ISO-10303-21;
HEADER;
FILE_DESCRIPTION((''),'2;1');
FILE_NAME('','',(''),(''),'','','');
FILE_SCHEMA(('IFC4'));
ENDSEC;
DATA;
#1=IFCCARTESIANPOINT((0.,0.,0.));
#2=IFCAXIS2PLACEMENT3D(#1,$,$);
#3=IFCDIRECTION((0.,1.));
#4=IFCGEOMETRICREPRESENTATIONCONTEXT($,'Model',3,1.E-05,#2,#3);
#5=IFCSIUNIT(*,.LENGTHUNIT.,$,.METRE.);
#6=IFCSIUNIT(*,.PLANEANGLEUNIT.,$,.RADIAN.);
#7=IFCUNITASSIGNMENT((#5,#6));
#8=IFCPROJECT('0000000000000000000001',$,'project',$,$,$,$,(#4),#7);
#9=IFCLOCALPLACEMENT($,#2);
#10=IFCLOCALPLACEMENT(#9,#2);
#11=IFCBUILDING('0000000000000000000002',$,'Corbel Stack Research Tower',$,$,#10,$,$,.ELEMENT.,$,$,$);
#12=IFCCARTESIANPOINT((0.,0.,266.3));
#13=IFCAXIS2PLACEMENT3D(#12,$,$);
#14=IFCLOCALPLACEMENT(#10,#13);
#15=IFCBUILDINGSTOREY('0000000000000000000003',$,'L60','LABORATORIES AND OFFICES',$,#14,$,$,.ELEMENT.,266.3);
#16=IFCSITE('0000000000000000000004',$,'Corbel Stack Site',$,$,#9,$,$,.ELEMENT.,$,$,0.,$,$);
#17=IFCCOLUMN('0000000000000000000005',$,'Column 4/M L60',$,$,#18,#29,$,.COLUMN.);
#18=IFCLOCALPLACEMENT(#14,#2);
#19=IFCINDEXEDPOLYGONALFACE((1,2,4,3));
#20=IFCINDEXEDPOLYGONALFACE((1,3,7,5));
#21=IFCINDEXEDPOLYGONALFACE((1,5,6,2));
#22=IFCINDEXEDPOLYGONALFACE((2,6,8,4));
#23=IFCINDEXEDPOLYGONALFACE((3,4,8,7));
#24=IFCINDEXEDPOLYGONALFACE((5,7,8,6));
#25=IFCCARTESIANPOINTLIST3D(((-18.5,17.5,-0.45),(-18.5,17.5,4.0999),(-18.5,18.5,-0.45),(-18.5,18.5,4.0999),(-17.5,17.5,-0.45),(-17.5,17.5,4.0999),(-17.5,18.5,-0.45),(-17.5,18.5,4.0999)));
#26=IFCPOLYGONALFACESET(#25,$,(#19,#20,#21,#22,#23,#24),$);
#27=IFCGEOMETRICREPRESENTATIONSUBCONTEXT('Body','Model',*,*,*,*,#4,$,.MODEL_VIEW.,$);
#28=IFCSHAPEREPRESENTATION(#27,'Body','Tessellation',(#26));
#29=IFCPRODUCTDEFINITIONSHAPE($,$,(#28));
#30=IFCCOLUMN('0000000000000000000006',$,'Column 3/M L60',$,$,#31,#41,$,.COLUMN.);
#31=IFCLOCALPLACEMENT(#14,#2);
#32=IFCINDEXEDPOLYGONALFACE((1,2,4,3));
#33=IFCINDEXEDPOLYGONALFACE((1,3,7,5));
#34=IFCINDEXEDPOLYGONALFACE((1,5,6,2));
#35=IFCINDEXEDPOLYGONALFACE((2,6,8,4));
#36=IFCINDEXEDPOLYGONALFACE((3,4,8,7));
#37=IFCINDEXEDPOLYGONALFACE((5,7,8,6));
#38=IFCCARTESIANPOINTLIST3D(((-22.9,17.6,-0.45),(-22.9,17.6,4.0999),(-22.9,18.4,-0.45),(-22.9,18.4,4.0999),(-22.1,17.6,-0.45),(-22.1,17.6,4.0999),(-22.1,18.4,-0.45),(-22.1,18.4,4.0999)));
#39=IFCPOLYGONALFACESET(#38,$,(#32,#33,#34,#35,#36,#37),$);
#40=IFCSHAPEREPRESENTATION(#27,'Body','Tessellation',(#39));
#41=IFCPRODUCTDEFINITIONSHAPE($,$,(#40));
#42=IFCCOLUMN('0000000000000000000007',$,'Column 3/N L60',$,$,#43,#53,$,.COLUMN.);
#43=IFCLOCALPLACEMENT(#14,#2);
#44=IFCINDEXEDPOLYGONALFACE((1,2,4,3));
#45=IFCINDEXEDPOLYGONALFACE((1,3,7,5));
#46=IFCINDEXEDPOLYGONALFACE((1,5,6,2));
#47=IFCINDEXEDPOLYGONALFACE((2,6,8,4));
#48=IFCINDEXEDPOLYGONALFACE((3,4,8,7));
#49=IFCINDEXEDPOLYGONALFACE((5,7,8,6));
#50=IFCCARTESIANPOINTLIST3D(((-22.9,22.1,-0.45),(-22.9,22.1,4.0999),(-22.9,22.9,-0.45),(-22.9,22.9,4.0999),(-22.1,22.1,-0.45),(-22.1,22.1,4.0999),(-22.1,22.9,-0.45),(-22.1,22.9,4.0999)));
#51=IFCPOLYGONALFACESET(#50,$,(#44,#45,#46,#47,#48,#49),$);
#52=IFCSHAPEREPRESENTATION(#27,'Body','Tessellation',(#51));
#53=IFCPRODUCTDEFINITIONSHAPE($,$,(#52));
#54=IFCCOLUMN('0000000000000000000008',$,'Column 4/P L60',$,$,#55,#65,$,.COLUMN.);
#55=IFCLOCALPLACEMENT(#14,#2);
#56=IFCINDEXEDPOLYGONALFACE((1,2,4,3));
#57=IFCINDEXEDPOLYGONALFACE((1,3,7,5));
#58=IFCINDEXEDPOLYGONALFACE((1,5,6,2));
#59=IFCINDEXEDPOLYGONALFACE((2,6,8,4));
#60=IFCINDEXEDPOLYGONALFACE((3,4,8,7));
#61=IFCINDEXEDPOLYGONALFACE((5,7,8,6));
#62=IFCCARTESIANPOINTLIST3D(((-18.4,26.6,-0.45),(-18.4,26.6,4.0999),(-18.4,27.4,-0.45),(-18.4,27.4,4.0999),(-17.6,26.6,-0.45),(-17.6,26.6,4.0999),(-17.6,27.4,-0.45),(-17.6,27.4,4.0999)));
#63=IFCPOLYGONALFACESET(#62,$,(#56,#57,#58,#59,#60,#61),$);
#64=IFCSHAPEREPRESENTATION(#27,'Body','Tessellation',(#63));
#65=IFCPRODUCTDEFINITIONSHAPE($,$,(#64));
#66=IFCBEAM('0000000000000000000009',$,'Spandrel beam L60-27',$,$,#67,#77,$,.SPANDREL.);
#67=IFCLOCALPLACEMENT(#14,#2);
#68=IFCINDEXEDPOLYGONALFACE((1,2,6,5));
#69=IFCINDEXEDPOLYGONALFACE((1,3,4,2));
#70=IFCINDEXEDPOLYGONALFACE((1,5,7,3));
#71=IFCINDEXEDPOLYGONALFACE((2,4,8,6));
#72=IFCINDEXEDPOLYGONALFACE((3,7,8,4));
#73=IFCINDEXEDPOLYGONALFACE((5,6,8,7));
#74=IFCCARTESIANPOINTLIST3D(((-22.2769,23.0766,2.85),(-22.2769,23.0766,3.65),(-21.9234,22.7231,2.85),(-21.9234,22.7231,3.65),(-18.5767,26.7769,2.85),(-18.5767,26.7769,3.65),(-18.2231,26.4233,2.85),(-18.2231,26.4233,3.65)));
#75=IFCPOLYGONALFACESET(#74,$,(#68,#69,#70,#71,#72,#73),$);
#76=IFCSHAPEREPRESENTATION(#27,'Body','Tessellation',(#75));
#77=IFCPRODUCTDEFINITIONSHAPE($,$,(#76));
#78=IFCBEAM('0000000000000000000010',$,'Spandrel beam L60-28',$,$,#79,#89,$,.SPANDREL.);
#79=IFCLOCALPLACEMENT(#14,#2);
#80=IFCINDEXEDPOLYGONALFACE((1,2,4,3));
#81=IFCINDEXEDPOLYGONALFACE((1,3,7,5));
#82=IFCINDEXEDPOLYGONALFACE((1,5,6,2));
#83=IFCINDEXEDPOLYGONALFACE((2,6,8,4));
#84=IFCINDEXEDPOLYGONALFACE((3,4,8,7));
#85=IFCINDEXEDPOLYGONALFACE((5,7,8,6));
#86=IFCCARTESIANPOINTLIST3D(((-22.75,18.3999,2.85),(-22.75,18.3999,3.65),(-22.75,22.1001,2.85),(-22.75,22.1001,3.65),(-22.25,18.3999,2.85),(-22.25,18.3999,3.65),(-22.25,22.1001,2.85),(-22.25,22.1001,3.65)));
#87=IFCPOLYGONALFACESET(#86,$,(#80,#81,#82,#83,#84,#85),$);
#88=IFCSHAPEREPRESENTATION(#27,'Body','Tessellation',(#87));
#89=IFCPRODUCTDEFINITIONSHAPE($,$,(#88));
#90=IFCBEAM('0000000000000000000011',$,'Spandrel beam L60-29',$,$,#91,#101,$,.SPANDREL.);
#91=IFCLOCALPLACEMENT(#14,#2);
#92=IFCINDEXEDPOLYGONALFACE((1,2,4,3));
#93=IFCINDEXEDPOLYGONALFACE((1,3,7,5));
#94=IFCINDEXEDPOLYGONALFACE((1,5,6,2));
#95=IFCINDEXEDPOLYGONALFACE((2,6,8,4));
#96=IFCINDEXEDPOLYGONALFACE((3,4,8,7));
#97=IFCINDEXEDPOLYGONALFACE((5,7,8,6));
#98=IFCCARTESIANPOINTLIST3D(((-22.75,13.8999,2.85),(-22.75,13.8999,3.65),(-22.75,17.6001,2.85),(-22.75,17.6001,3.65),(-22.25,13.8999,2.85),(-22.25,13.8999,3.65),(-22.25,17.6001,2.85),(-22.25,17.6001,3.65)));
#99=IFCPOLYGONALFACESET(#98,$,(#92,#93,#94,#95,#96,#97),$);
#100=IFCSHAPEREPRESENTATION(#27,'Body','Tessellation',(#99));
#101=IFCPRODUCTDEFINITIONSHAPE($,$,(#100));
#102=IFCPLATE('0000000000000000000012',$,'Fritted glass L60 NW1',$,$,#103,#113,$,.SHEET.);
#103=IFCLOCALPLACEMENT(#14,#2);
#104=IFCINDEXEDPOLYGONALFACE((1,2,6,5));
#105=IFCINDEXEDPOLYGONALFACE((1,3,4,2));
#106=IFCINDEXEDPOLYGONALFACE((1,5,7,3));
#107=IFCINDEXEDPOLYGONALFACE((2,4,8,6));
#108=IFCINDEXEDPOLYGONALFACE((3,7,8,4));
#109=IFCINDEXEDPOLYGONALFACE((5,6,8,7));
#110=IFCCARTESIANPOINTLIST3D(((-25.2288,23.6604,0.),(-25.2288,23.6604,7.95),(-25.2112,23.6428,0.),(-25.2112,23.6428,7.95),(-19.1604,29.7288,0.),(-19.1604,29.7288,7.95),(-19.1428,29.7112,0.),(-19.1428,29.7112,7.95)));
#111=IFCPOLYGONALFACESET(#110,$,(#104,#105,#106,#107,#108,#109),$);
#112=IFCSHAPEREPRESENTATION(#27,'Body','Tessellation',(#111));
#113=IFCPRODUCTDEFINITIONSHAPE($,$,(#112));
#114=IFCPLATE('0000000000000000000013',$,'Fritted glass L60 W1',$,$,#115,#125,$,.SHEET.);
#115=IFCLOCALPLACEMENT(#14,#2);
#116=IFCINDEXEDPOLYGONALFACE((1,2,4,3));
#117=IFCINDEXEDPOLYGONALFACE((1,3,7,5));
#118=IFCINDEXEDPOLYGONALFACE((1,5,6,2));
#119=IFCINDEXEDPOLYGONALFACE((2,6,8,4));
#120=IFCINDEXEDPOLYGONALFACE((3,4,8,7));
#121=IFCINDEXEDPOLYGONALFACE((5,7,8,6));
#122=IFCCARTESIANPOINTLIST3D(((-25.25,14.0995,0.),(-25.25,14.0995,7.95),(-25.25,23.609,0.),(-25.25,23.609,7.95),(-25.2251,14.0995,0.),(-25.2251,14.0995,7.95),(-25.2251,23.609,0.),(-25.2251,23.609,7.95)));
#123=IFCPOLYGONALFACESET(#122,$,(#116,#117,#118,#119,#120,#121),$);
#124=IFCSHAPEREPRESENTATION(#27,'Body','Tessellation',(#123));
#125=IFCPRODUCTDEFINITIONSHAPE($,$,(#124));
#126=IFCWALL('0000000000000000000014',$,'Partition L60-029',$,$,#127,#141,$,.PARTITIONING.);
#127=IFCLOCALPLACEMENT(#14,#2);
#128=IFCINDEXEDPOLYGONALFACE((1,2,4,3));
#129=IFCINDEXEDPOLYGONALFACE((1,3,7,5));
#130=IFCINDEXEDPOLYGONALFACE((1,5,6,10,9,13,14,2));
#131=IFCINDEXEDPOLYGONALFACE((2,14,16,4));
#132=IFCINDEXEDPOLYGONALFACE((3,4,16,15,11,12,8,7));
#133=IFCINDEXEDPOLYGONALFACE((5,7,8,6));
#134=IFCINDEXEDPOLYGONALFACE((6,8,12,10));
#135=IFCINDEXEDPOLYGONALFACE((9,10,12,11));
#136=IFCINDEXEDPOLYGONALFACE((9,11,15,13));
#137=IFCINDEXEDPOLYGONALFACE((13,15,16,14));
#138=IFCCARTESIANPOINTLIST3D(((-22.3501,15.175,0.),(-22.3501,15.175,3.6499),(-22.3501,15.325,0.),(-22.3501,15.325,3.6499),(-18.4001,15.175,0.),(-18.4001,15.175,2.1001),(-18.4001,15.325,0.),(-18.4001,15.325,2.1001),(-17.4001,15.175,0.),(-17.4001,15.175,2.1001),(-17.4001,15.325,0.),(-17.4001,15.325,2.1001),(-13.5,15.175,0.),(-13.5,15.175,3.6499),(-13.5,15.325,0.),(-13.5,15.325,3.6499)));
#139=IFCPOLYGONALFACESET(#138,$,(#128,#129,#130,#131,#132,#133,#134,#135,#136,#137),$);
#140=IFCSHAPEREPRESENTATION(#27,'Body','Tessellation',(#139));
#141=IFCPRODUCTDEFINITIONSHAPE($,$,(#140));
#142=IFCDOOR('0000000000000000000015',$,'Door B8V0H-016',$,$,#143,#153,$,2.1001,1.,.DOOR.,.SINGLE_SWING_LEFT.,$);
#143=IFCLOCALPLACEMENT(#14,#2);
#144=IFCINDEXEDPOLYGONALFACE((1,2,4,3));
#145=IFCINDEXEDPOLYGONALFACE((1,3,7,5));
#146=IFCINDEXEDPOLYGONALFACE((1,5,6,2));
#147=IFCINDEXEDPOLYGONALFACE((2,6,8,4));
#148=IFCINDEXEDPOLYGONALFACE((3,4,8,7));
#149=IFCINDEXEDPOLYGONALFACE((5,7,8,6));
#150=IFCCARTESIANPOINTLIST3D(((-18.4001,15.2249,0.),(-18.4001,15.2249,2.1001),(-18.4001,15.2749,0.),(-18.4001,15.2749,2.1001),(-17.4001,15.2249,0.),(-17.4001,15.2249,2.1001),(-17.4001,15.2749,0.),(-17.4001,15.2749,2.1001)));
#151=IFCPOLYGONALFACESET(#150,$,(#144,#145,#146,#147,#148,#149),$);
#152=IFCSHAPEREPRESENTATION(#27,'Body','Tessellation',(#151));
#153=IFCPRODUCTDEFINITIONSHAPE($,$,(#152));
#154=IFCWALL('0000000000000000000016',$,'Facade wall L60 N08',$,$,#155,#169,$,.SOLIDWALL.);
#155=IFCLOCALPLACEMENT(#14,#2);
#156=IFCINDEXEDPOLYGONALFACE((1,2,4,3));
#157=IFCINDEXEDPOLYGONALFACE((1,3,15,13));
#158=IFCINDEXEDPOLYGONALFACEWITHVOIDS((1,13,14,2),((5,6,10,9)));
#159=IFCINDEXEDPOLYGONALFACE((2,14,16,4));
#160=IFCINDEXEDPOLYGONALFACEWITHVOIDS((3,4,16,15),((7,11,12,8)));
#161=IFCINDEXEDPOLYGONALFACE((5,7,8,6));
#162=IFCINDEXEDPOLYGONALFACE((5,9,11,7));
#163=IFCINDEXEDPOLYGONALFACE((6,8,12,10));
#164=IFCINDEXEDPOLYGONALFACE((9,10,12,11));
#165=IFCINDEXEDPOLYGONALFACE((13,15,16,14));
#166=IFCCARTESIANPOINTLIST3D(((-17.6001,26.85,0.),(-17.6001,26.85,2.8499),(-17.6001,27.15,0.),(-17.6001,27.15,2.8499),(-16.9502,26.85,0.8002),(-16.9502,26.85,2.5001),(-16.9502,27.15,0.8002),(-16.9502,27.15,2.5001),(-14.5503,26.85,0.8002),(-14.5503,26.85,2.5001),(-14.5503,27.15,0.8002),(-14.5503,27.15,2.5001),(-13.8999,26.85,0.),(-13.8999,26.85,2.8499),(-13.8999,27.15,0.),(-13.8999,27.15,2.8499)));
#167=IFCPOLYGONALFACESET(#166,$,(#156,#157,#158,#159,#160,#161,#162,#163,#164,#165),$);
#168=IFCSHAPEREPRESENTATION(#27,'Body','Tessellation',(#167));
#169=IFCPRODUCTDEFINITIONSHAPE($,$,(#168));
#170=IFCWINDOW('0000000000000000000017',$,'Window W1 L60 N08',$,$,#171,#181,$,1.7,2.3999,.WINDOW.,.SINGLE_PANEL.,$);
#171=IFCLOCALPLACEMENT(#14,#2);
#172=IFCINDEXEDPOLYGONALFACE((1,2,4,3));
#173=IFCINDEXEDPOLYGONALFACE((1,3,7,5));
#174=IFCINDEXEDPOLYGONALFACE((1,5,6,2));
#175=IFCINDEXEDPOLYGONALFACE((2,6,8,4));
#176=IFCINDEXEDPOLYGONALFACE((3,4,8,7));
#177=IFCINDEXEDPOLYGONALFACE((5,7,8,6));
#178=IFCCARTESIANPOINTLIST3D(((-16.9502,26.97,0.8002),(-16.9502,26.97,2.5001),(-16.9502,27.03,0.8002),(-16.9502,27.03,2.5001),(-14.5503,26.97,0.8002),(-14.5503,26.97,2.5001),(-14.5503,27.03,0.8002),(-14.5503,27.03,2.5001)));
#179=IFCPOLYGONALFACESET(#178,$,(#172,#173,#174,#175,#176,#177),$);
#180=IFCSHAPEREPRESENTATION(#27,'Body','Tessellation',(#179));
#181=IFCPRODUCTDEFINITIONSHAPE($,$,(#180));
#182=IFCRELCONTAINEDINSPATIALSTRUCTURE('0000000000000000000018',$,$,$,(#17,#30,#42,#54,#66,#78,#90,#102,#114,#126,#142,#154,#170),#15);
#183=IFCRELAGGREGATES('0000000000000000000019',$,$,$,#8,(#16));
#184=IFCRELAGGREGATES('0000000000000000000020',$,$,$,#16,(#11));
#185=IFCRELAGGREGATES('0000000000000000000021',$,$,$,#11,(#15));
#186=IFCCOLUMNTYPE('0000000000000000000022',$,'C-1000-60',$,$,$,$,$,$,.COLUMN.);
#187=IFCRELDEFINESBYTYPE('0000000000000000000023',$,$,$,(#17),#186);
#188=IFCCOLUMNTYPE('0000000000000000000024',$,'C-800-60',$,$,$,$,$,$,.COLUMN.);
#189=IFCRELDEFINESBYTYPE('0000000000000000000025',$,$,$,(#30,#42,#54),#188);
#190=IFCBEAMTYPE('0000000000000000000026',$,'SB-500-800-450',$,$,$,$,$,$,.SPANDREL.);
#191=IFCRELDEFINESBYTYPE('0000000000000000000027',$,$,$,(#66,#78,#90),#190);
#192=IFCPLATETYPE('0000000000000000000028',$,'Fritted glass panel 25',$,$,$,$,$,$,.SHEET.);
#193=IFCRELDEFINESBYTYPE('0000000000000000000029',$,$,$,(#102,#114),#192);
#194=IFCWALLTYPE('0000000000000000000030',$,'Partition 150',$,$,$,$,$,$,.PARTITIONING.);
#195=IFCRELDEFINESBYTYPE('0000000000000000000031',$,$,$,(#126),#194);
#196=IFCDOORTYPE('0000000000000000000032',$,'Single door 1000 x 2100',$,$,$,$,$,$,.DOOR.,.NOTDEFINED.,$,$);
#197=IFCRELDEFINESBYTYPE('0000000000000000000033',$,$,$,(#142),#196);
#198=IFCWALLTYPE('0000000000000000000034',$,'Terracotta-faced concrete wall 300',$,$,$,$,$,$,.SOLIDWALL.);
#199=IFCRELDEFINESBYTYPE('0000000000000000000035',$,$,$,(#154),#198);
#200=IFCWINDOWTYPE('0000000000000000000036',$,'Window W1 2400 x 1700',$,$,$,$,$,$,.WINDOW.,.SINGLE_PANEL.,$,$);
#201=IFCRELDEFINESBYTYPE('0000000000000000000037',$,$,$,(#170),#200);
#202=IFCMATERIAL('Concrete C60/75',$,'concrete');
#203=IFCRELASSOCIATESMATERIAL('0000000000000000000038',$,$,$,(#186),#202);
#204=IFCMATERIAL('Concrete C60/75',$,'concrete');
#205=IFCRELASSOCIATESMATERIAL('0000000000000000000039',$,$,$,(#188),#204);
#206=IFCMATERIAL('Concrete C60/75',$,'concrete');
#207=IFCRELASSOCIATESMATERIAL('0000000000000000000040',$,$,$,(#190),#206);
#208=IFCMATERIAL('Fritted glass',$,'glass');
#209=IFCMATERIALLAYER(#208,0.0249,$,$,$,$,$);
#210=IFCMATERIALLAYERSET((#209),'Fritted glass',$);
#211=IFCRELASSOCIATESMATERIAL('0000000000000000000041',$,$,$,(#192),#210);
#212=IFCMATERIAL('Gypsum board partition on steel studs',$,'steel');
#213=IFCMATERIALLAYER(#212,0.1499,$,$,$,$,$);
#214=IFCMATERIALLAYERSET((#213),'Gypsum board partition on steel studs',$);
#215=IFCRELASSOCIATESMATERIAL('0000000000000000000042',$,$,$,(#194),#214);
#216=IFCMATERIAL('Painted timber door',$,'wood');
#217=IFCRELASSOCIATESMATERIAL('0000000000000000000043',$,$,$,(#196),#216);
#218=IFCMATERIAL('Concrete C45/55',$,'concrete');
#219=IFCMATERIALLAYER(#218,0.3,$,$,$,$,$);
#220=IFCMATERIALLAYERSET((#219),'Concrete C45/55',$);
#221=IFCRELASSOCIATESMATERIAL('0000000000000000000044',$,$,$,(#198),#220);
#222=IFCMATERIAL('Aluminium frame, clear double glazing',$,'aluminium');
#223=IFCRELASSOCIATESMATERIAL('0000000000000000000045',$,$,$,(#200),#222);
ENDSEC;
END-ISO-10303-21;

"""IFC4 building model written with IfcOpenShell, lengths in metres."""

from ifc_helpers import new_model, si_unit, direction, frame, frame_2d, origin, origin_2d, place, context, subcontext, project, spatial, rectangle, extrude, material, layer, layer_set, material_profile, profile_set, type_object, element, fill, save


model = new_model("IFC4")

# Units and contexts
model_context = context("Model", 3, precision=1e-05, world=origin(), true_north=direction((0.0, 1.0)))
body_context = subcontext(model_context, "Body", "Model", "MODEL_VIEW")
ifc_project = project(units=[si_unit("LENGTHUNIT", "METRE"), si_unit("PLANEANGLEUNIT", "RADIAN")], contexts=[model_context])

# Site, building, storey
site_placement = place(None, origin())
site = spatial("IfcSite", under=ifc_project, at=site_placement, Name="Corbel Stack Site", CompositionType="ELEMENT", RefElevation=0.0)
building_placement = place(site_placement, origin())
building = spatial("IfcBuilding", under=site, at=building_placement, Name="Corbel Stack Research Tower", CompositionType="ELEMENT")
storey_placement = place(building_placement, frame((0.0, 0.0, 266.3)))
storey = spatial("IfcBuildingStorey", under=building, at=storey_placement, Name="L60", Description="LABORATORIES AND OFFICES", CompositionType="ELEMENT", Elevation=266.3)

# Columns
ifc_material_1 = material(Name="Concrete C60/75", Category="concrete")
ifc_material_profile_1 = material_profile(ifc_material_1, rectangle(XDim=1.0, YDim=1.0, at=origin_2d()), Name="RC 1000 x 1000")
ifc_profile_set_1 = profile_set([ifc_material_profile_1], Name="Concrete C60/75")
column_type_1 = type_object("IfcColumnType", Name="C-1000-60", PredefinedType="COLUMN", material=ifc_profile_set_1)
column_placement = place(storey_placement, frame((-18.0, 18.0, -0.45), z_axis=(0.0, 0.0, 1.0), x_axis=(1.0, 0.0, 0.0)))
element("IfcColumn", 1, at=column_placement, inside=storey, type_object=column_type_1, Name="Column 4/M L60", PredefinedType="COLUMN", context=body_context, shape_type="SweptSolid", body=[
    extrude(rectangle(XDim=1.0, YDim=1.0, at=origin_2d()), origin(), (0.0, 0.0, 1.0), 4.5498),
])
ifc_material_2 = material(Name="Concrete C60/75", Category="concrete")
ifc_material_profile_2 = material_profile(ifc_material_2, rectangle(XDim=0.8, YDim=0.8, at=origin_2d()), Name="RC 800 x 800")
ifc_profile_set_2 = profile_set([ifc_material_profile_2], Name="Concrete C60/75")
column_type_2 = type_object("IfcColumnType", Name="C-800-60", PredefinedType="COLUMN", material=ifc_profile_set_2)
for number, where, z_axis, x_axis, name in (
    (2, (-22.5, 18.0, -0.45), (0.0, 0.0, 1.0), (1.0, 0.0, 0.0), "Column 3/M L60"),
    (3, (-22.5, 22.5, -0.45), (0.0, 0.0, 1.0), (1.0, 0.0, 0.0), "Column 3/N L60"),
    (4, (-18.0, 27.0, -0.45), (0.0, 0.0, 1.0), (1.0, 0.0, 0.0), "Column 4/P L60"),
):
    element("IfcColumn", number, at=place(storey_placement, frame(where, z_axis=z_axis, x_axis=x_axis)), inside=storey, type_object=column_type_2, Name=name, PredefinedType="COLUMN", context=body_context, shape_type="SweptSolid", body=[
        extrude(rectangle(XDim=0.8, YDim=0.8, at=origin_2d()), origin(), (0.0, 0.0, 1.0), 4.5498),
    ])

# Beams
ifc_material_3 = material(Name="Concrete C60/75", Category="concrete")
ifc_material_profile_3 = material_profile(ifc_material_3, rectangle(XDim=0.5, YDim=0.8, at=origin_2d()), Name="RC 500 x 800")
ifc_profile_set_3 = profile_set([ifc_material_profile_3], Name="Concrete C60/75")
beam_type = type_object("IfcBeamType", Name="SB-500-800-450", PredefinedType="SPANDREL", material=ifc_profile_set_3)
beam_placement = place(storey_placement, frame((-18.3999, 26.6001, 3.25), z_axis=(-0.707107, -0.707107, 0.0), x_axis=(0.707107, -0.707107, 0.0)))
element("IfcBeam", 5, at=beam_placement, inside=storey, type_object=beam_type, Name="Spandrel beam L60-27", PredefinedType="SPANDREL", context=body_context, shape_type="SweptSolid", body=[
    extrude(rectangle(XDim=0.5, YDim=0.8, at=origin_2d()), origin(), (0.0, 0.0, 1.0), 5.2329),
])
for number, where, z_axis, x_axis, name in (
    (6, (-22.5, 22.1001, 3.25), (0.0, -1.0, 0.0), (1.0, 0.0, 0.0), "Spandrel beam L60-28"),
    (7, (-22.5, 17.6001, 3.25), (0.0, -1.0, 0.0), (1.0, 0.0, 0.0), "Spandrel beam L60-29"),
):
    element("IfcBeam", number, at=place(storey_placement, frame(where, z_axis=z_axis, x_axis=x_axis)), inside=storey, type_object=beam_type, Name=name, PredefinedType="SPANDREL", context=body_context, shape_type="SweptSolid", body=[
        extrude(rectangle(XDim=0.5, YDim=0.8, at=origin_2d()), origin(), (0.0, 0.0, 1.0), 3.7002),
    ])

# Plates
ifc_material_4 = material(Name="Fritted glass", Category="glass")
ifc_layer_1 = layer(ifc_material_4, 0.0249)
ifc_layer_set_1 = layer_set([ifc_layer_1], Name="Fritted glass")
plate_type = type_object("IfcPlateType", Name="Fritted glass panel 25", PredefinedType="SHEET", material=ifc_layer_set_1)
plate_1_placement = place(storey_placement, frame((-22.1858, 26.6858, 0.0), z_axis=(0.0, 0.0, 1.0), x_axis=(-0.707107, -0.707107, 0.0)))
element("IfcPlate", 8, at=plate_1_placement, inside=storey, type_object=plate_type, Name="Fritted glass L60 NW1", PredefinedType="SHEET", context=body_context, shape_type="SweptSolid", body=[
    extrude(rectangle(XDim=8.582, YDim=0.0249, at=origin_2d()), origin(), (0.0, 0.0, 1.0), 7.95),
])
plate_2_placement = place(storey_placement, frame((-25.2375, 18.8542, 0.0), z_axis=(0.0, 0.0, 1.0), x_axis=(0.0, -1.0, 0.0)))
element("IfcPlate", 9, at=plate_2_placement, inside=storey, type_object=plate_type, Name="Fritted glass L60 W1", PredefinedType="SHEET", context=body_context, shape_type="SweptSolid", body=[
    extrude(rectangle(XDim=9.5095, YDim=0.0249, at=origin_2d()), origin(), (0.0, 0.0, 1.0), 7.95),
])

# Wall, opening, door
ifc_material_5 = material(Name="Gypsum board partition on steel studs", Category="steel")
ifc_layer_2 = layer(ifc_material_5, 0.1499)
ifc_layer_set_2 = layer_set([ifc_layer_2], Name="Gypsum board partition on steel studs")
wall_type_1 = type_object("IfcWallType", Name="Partition 150", PredefinedType="PARTITIONING", material=ifc_layer_set_2)
wall_1_placement = place(storey_placement, frame((-22.3501, 15.25, 0.0), z_axis=(0.0, 0.0, 1.0), x_axis=(1.0, 0.0, 0.0)))
wall_1 = element("IfcWall", 10, at=wall_1_placement, inside=storey, type_object=wall_type_1, Name="Partition L60-029", PredefinedType="PARTITIONING", context=body_context, shape_type="SweptSolid", body=[
    extrude(rectangle(XDim=8.8501, YDim=0.1499, at=frame_2d((4.425, 0.0))), origin(), (0.0, 0.0, 1.0), 3.6499),
])
opening_1_placement = place(wall_1_placement, frame((3.95, 0.0, 0.0)))
opening_1 = element("IfcOpeningElement", 11, at=opening_1_placement, cuts=wall_1, PredefinedType="OPENING", context=body_context, shape_type="SweptSolid", body=[
    extrude(rectangle(XDim=1.0, YDim=2.1001, at=frame_2d((0.5, 1.05))), frame((0.0, 0.085, 0.0), z_axis=(0.0, -1.0, 0.0), x_axis=(1.0, 0.0, 0.0)), (0.0, 0.0, 1.0), 0.1699),
])
ifc_material_6 = material(Name="Painted timber door", Category="wood")
door_type_1 = type_object("IfcDoorType", Name="Single door 1000 x 2100", OperationType="NOTDEFINED", PredefinedType="DOOR", material=ifc_material_6)
door_1_placement = place(opening_1_placement, origin())
door_1 = element("IfcDoor", 12, at=door_1_placement, inside=storey, type_object=door_type_1, Name="Door B8V0H-016", OperationType="SINGLE_SWING_LEFT", OverallHeight=2.1001, OverallWidth=1.0, PredefinedType="DOOR", context=body_context, shape_type="SweptSolid", body=[
    extrude(rectangle(XDim=1.0, YDim=2.1001, at=frame_2d((0.5, 1.05))), frame((0.0, 0.0249, 0.0), z_axis=(0.0, -1.0, 0.0), x_axis=(1.0, 0.0, 0.0)), (0.0, 0.0, 1.0), 0.05),
])
fill(opening_1, door_1)

# Wall, opening, window
ifc_material_7 = material(Name="Concrete C45/55", Category="concrete")
ifc_layer_3 = layer(ifc_material_7, 0.3)
ifc_layer_set_3 = layer_set([ifc_layer_3], Name="Concrete C45/55")
wall_type_2 = type_object("IfcWallType", Name="Terracotta-faced concrete wall 300", PredefinedType="SOLIDWALL", material=ifc_layer_set_3)
wall_2_placement = place(storey_placement, frame((-17.6001, 27.0, 0.0), z_axis=(0.0, 0.0, 1.0), x_axis=(1.0, 0.0, 0.0)))
wall_2 = element("IfcWall", 13, at=wall_2_placement, inside=storey, type_object=wall_type_2, Name="Facade wall L60 N08", PredefinedType="SOLIDWALL", context=body_context, shape_type="SweptSolid", body=[
    extrude(rectangle(XDim=3.7002, YDim=0.3, at=frame_2d((1.8501, 0.0))), origin(), (0.0, 0.0, 1.0), 2.8499),
])
opening_2_placement = place(wall_2_placement, frame((0.6499, 0.0, 0.8)))
opening_2 = element("IfcOpeningElement", 14, at=opening_2_placement, cuts=wall_2, PredefinedType="OPENING", context=body_context, shape_type="SweptSolid", body=[
    extrude(rectangle(XDim=2.3999, YDim=1.7, at=frame_2d((1.2, 0.8501))), frame((0.0, 0.1599, 0.0), z_axis=(0.0, -1.0, 0.0), x_axis=(1.0, 0.0, 0.0)), (0.0, 0.0, 1.0), 0.3201),
])
ifc_material_8 = material(Name="Aluminium frame, clear double glazing", Category="aluminium")
window_type = type_object("IfcWindowType", Name="Window W1 2400 x 1700", PartitioningType="SINGLE_PANEL", PredefinedType="WINDOW", material=ifc_material_8)
window_1_placement = place(opening_2_placement, origin())
window_1 = element("IfcWindow", 15, at=window_1_placement, inside=storey, type_object=window_type, Name="Window W1 L60 N08", OverallHeight=1.7, OverallWidth=2.3999, PartitioningType="SINGLE_PANEL", PredefinedType="WINDOW", context=body_context, shape_type="SweptSolid", body=[
    extrude(rectangle(XDim=2.3999, YDim=1.7, at=frame_2d((1.2, 0.8501))), frame((0.0, 0.03, 0.0), z_axis=(0.0, -1.0, 0.0), x_axis=(1.0, 0.0, 0.0)), (0.0, 0.0, 1.0), 0.0601),
])
fill(opening_2, window_1)

save(model, "model.ifc")
